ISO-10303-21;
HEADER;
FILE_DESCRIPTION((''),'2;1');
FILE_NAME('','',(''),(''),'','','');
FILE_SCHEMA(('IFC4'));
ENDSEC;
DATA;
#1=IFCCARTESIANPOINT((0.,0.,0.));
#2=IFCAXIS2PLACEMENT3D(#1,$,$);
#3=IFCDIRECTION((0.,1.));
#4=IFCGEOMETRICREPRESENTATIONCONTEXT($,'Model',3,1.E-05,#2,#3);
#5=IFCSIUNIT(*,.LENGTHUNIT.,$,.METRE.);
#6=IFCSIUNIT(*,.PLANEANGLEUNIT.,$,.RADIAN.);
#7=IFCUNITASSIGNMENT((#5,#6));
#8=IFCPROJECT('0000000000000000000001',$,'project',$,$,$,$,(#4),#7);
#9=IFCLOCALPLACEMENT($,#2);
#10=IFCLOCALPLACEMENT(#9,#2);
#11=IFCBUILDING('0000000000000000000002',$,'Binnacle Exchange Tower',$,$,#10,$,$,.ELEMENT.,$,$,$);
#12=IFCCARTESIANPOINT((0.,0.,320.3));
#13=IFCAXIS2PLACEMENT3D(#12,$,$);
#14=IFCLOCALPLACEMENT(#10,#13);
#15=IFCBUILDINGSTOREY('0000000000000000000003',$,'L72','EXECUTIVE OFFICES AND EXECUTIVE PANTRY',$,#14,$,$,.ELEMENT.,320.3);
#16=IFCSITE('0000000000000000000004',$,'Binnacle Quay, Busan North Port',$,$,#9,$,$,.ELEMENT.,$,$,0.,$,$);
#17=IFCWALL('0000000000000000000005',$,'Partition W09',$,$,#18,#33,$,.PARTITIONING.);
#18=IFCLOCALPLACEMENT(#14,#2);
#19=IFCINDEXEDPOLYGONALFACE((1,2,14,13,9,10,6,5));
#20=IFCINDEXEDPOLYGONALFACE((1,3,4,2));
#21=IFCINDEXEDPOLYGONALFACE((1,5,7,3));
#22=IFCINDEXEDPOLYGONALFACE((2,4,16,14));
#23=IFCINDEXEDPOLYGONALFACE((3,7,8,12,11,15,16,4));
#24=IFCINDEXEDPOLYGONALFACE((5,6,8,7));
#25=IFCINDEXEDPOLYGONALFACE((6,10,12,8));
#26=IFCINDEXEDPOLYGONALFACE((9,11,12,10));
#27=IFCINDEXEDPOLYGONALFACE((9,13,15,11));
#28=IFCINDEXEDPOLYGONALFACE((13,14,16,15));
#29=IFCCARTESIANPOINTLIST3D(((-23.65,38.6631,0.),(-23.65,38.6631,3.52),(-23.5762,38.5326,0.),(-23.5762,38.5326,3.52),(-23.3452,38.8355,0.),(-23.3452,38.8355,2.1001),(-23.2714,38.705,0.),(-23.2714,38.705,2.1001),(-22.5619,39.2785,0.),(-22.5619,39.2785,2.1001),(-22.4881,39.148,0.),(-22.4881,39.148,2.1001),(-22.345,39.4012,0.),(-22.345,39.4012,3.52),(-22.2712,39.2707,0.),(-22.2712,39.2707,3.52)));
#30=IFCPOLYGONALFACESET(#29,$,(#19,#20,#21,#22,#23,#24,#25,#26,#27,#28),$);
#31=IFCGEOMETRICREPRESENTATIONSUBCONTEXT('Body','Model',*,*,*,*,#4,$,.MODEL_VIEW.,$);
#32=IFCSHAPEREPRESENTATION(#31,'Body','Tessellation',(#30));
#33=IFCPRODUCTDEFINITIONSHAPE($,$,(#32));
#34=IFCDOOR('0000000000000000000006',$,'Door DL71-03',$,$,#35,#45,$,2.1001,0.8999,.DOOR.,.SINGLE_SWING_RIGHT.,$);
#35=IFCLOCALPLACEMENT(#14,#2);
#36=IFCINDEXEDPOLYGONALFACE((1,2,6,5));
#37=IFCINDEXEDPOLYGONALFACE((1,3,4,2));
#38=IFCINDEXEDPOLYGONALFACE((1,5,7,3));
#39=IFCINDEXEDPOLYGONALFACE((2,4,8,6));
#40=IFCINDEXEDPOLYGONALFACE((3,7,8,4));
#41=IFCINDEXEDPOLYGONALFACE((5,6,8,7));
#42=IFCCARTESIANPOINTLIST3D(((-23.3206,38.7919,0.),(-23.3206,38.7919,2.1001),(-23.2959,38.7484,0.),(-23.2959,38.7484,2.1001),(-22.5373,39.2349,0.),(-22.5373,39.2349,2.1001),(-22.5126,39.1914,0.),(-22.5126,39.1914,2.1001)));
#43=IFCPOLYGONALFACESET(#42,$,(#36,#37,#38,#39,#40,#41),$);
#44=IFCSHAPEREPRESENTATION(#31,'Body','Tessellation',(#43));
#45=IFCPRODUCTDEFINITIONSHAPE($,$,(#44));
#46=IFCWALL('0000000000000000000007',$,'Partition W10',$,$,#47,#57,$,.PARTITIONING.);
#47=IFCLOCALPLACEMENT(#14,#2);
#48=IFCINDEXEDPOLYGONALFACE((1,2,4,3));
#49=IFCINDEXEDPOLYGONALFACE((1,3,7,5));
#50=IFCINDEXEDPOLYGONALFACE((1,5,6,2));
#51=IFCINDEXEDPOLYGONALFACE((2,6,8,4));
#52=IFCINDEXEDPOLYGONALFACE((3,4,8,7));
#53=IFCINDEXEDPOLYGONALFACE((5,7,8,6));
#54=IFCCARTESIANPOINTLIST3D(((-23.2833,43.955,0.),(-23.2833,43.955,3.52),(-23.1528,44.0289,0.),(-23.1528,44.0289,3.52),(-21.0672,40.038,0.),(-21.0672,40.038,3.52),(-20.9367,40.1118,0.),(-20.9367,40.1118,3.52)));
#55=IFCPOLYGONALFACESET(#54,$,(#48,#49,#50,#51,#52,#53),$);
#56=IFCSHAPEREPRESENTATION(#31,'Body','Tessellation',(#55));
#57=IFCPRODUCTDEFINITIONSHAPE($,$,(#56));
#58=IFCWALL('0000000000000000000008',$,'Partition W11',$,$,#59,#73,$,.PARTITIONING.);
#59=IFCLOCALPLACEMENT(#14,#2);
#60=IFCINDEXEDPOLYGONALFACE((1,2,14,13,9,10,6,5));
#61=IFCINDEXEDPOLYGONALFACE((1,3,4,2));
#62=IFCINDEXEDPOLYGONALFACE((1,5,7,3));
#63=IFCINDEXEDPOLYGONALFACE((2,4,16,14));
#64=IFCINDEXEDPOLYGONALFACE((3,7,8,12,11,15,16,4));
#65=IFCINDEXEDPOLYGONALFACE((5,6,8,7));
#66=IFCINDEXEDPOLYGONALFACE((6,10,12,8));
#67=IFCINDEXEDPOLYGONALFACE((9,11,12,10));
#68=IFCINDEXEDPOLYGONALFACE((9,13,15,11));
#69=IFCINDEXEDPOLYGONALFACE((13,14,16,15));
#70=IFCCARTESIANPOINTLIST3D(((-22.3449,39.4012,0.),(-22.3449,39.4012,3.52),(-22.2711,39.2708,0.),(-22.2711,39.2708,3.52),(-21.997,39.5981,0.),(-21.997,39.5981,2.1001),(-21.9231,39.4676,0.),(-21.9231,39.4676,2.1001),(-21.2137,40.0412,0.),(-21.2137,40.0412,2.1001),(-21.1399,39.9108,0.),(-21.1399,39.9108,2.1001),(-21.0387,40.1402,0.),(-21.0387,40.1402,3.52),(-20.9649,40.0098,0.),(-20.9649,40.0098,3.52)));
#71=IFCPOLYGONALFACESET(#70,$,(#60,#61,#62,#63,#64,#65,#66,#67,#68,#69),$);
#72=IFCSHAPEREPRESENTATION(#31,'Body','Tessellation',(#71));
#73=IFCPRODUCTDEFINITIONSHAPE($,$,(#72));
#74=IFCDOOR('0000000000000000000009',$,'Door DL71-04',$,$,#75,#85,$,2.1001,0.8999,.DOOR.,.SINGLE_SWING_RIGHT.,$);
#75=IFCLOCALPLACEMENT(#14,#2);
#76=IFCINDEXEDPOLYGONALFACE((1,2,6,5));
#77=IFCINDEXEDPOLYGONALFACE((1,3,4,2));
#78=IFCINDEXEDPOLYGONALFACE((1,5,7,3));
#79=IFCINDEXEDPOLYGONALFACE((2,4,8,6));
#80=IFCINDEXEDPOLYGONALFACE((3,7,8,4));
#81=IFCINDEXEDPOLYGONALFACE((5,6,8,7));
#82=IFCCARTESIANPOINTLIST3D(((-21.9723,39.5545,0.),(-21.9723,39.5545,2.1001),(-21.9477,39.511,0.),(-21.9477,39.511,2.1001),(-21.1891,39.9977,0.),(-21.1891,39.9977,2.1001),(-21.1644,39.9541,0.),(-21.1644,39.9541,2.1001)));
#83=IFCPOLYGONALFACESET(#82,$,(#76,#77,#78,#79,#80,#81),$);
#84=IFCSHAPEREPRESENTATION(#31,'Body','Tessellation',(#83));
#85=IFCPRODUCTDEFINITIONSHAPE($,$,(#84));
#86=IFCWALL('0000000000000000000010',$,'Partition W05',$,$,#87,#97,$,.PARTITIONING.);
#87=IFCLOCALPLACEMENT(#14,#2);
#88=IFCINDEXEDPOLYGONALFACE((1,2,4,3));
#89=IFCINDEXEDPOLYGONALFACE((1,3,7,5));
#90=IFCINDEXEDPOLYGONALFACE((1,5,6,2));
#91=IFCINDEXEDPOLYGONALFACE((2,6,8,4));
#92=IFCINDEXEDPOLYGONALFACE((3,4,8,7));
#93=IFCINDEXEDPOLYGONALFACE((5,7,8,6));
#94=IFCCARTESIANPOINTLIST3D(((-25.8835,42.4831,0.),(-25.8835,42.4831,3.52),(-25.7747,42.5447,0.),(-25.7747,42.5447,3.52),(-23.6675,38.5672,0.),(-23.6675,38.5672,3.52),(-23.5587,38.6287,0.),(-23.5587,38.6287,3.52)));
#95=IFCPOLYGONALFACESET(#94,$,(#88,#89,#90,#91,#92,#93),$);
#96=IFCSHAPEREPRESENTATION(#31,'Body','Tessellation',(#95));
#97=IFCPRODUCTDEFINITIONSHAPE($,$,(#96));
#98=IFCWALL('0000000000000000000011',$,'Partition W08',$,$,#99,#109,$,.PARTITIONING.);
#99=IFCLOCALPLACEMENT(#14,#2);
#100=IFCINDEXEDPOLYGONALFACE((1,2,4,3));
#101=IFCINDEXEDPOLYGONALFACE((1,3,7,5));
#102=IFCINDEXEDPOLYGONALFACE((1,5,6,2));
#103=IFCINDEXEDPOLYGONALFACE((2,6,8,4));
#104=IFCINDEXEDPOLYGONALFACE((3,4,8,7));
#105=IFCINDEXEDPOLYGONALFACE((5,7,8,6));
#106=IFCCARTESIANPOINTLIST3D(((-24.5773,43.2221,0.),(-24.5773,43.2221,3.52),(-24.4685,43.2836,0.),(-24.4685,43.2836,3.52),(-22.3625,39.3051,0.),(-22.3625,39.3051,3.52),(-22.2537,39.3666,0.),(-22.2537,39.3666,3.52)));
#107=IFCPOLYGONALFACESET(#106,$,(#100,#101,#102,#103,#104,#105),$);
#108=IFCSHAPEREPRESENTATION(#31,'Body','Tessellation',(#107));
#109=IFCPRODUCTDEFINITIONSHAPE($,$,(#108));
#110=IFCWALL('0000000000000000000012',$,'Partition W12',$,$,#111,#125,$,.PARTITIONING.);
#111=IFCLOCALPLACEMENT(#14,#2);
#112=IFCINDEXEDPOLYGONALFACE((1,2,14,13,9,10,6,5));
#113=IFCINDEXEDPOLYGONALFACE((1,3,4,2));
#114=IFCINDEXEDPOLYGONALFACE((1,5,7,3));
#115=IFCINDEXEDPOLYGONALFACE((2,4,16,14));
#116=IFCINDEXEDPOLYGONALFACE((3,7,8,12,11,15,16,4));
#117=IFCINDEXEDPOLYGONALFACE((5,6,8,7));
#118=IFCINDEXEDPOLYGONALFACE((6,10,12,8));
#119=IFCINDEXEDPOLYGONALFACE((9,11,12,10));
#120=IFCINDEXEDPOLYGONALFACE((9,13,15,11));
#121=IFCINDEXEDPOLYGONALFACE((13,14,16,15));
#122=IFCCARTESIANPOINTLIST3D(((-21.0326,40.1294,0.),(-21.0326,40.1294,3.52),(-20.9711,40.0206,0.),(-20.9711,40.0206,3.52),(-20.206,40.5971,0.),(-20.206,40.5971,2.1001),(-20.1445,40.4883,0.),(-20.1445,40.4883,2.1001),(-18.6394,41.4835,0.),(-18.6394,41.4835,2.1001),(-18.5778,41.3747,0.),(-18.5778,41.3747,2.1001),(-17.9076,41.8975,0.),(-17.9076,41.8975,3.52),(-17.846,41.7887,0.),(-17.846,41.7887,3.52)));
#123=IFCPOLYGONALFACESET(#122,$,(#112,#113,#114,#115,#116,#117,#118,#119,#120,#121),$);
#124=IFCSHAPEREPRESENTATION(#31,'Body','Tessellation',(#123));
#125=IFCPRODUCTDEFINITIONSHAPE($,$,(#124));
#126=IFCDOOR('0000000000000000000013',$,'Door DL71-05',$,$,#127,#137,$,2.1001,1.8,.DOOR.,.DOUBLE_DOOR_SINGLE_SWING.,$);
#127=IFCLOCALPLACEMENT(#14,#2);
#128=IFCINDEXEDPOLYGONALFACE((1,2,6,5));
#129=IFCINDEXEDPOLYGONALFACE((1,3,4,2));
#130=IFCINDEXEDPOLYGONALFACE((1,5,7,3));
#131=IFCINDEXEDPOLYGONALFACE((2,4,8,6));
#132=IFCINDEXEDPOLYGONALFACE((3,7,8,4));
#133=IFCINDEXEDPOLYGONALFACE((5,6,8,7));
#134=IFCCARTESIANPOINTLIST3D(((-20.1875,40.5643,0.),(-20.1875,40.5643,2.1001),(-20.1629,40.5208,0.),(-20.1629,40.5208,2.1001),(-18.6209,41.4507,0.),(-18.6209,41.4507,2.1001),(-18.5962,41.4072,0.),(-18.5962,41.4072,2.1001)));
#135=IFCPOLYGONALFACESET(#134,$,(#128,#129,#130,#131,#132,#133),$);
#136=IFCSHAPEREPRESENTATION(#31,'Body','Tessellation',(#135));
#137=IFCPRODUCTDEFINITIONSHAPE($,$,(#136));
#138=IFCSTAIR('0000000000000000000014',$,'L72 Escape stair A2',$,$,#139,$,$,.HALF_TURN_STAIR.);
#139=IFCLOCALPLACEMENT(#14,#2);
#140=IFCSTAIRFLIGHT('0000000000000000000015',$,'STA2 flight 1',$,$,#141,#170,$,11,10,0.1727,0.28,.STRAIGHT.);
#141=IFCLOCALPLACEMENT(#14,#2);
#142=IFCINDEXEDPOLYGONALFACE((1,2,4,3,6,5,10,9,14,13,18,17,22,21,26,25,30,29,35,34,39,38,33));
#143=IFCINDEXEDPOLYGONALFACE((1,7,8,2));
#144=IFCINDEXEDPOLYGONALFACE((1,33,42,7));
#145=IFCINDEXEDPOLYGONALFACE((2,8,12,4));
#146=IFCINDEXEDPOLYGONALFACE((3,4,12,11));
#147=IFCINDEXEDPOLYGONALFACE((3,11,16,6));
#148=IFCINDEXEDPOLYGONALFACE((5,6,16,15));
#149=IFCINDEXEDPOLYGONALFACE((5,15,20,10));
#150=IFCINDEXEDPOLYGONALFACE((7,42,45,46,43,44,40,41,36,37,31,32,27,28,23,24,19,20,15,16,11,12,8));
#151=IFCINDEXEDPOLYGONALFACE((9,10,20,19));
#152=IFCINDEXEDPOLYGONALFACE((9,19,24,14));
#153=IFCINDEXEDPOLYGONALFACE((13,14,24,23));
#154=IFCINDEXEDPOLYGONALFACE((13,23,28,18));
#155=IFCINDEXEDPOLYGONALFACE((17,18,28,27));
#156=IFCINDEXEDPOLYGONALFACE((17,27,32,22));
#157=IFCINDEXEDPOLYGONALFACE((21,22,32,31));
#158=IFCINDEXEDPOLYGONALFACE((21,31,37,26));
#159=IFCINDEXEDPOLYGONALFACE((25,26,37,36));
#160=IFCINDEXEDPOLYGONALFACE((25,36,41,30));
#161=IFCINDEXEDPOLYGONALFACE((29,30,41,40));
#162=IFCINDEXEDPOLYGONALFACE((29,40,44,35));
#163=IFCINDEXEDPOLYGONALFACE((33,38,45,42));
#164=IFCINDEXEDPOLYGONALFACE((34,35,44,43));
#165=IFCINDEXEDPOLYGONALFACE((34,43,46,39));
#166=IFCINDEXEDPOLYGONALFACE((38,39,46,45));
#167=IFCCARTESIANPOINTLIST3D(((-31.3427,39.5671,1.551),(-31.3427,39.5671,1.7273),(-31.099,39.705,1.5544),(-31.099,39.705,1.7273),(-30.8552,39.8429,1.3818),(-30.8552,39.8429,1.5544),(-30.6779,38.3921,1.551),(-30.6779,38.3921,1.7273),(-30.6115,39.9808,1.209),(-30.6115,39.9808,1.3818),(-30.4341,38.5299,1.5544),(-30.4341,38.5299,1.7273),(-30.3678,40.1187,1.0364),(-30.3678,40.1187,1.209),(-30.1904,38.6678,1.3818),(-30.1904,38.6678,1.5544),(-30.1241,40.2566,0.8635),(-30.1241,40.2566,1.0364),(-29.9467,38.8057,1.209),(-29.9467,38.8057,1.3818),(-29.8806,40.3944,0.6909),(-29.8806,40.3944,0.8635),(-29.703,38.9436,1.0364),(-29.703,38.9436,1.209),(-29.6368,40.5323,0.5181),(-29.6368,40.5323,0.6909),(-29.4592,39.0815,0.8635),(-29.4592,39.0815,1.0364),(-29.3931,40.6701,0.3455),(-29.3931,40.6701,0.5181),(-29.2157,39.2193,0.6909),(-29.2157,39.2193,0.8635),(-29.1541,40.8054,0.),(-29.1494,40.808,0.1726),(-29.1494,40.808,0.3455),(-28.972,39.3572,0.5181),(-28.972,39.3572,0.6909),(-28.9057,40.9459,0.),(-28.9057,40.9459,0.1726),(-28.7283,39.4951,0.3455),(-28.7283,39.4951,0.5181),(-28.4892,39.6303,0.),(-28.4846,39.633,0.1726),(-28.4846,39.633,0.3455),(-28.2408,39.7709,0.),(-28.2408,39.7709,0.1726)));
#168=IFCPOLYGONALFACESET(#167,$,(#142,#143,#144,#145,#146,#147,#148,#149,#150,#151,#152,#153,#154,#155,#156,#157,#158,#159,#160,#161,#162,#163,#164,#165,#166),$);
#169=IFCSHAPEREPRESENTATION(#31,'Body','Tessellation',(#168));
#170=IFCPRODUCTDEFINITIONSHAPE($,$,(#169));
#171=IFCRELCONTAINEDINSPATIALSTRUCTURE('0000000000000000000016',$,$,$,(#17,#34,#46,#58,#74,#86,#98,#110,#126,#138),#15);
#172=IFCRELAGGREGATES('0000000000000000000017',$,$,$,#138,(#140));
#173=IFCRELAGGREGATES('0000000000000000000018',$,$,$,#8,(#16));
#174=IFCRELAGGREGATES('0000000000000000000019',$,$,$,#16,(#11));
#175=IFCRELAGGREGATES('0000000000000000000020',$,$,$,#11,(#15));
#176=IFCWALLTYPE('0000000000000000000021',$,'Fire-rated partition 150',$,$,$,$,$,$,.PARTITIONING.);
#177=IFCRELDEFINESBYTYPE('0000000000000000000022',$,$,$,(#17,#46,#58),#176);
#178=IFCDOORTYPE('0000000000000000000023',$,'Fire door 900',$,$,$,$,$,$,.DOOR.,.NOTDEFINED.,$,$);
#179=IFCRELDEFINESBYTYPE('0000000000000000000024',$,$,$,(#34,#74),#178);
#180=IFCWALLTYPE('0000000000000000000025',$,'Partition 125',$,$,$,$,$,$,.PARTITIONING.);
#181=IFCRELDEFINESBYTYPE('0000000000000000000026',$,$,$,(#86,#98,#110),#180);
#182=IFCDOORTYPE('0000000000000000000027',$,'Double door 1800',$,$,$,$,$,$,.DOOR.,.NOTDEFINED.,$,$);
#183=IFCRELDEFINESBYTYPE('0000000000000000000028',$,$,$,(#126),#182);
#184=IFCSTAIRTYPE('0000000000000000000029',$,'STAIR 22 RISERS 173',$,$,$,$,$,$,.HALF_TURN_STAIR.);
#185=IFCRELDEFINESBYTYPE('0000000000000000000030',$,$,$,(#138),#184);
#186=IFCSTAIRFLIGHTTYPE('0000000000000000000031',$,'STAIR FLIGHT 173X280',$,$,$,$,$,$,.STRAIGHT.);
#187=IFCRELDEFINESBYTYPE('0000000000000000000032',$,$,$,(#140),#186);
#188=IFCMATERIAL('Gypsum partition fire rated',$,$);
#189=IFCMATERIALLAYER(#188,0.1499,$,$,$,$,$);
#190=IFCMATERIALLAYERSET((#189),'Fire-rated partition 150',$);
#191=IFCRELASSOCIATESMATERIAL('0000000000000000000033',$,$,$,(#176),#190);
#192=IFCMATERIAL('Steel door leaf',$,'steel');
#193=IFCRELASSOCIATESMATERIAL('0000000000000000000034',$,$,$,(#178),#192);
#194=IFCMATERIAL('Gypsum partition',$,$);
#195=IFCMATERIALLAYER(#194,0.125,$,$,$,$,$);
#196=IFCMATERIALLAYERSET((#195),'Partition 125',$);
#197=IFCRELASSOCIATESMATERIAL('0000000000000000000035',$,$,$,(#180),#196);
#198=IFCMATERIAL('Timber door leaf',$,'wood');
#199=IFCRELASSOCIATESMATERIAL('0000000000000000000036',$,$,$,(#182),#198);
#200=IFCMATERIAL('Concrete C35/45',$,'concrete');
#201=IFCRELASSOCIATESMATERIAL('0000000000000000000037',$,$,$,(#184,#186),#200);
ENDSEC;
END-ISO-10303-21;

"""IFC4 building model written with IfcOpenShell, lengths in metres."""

from ifc_helpers import new_model, si_unit, direction, frame, frame_2d, origin, place, context, subcontext, project, spatial, polyline, rectangle, outline, extrude, material, layer, layer_set, type_object, element, fill, aggregate, save


model = new_model("IFC4")

# Units and contexts
model_context = context("Model", 3, precision=1e-05, world=origin(), true_north=direction((0.0, 1.0)))
body_context = subcontext(model_context, "Body", "Model", "MODEL_VIEW")
ifc_project = project(units=[si_unit("LENGTHUNIT", "METRE"), si_unit("PLANEANGLEUNIT", "RADIAN")], contexts=[model_context])

# Site, building, storey
site_placement = place(None, origin())
site = spatial("IfcSite", under=ifc_project, at=site_placement, Name="Binnacle Quay, Busan North Port", CompositionType="ELEMENT", RefElevation=0.0)
building_placement = place(site_placement, origin())
building = spatial("IfcBuilding", under=site, at=building_placement, Name="Binnacle Exchange Tower", CompositionType="ELEMENT")
storey_placement = place(building_placement, frame((0.0, 0.0, 320.3)))
storey = spatial("IfcBuildingStorey", under=building, at=storey_placement, Name="L72", Description="EXECUTIVE OFFICES AND EXECUTIVE PANTRY", CompositionType="ELEMENT", Elevation=320.3)

# Shared definitions
ifc_material_1 = material(Name="Steel door leaf", Category="steel")

# Shared definitions
ifc_material_2 = material(Name="Gypsum partition fire rated")
ifc_layer_1 = layer(ifc_material_2, 0.1499)
ifc_layer_set_1 = layer_set([ifc_layer_1], Name="Fire-rated partition 150")
wall_type_1 = type_object("IfcWallType", Name="Fire-rated partition 150", PredefinedType="PARTITIONING", material=ifc_layer_set_1)

# Wall, opening, door
wall_1_placement = place(storey_placement, frame((-23.613, 38.5979, 0.0), z_axis=(0.0, 0.0, 1.0), x_axis=(0.870429, 0.492293, 0.0)))
wall_1 = element("IfcWall", 1, at=wall_1_placement, inside=storey, type_object=wall_type_1, Name="Partition W09", PredefinedType="PARTITIONING", context=body_context, shape_type="SweptSolid", body=[
    extrude(rectangle(XDim=1.4993, YDim=0.1499, at=frame_2d((0.7495, 0.0))), origin(), (0.0, 0.0, 1.0), 3.52),
])
opening_1_placement = place(wall_1_placement, frame((0.3501, 0.0, 0.0)))
opening_1 = element("IfcOpeningElement", 2, at=opening_1_placement, cuts=wall_1, PredefinedType="OPENING", context=body_context, shape_type="SweptSolid", body=[
    extrude(rectangle(XDim=0.8999, YDim=2.1001, at=frame_2d((0.45, 1.05))), frame((0.0, 0.085, 0.0), z_axis=(0.0, -1.0, 0.0), x_axis=(1.0, 0.0, 0.0)), (0.0, 0.0, 1.0), 0.1699),
])
door_type_1 = type_object("IfcDoorType", Name="Fire door 900", OperationType="NOTDEFINED", PredefinedType="DOOR", material=ifc_material_1)
door_1_placement = place(opening_1_placement, origin())
door_1 = element("IfcDoor", 3, at=door_1_placement, inside=storey, type_object=door_type_1, Name="Door DL71-03", OperationType="SINGLE_SWING_RIGHT", OverallHeight=2.1001, OverallWidth=0.8999, PredefinedType="DOOR", context=body_context, shape_type="SweptSolid", body=[
    extrude(rectangle(XDim=0.8999, YDim=2.1001, at=frame_2d((0.45, 1.05))), frame((0.0, 0.0249, 0.0), z_axis=(0.0, -1.0, 0.0), x_axis=(1.0, 0.0, 0.0)), (0.0, 0.0, 1.0), 0.05),
])
fill(opening_1, door_1)

# Wall
wall_2_placement = place(storey_placement, frame((-23.218, 43.9919, 0.0), z_axis=(0.0, 0.0, 1.0), x_axis=(0.492413, -0.870362, 0.0)))
element("IfcWall", 4, at=wall_2_placement, inside=storey, type_object=wall_type_1, Name="Partition W10", PredefinedType="PARTITIONING", context=body_context, shape_type="SweptSolid", body=[
    extrude(rectangle(XDim=4.5005, YDim=0.1499, at=frame_2d((2.2502, 0.0))), origin(), (0.0, 0.0, 1.0), 3.52),
])

# Wall, opening, door
wall_3_placement = place(storey_placement, frame((-22.3081, 39.3359, 0.0), z_axis=(0.0, 0.0, 1.0), x_axis=(0.870348, 0.492438, 0.0)))
wall_3 = element("IfcWall", 5, at=wall_3_placement, inside=storey, type_object=wall_type_1, Name="Partition W11", PredefinedType="PARTITIONING", context=body_context, shape_type="SweptSolid", body=[
    extrude(rectangle(XDim=1.5007, YDim=0.1499, at=frame_2d((0.7505, 0.0))), origin(), (0.0, 0.0, 1.0), 3.52),
])
opening_2_placement = place(wall_3_placement, frame((0.3999, 0.0, 0.0)))
opening_2 = element("IfcOpeningElement", 6, at=opening_2_placement, cuts=wall_3, PredefinedType="OPENING", context=body_context, shape_type="SweptSolid", body=[
    extrude(rectangle(XDim=0.8999, YDim=2.1001, at=frame_2d((0.45, 1.05))), frame((0.0, 0.085, 0.0), z_axis=(0.0, -1.0, 0.0), x_axis=(1.0, 0.0, 0.0)), (0.0, 0.0, 1.0), 0.1699),
])
door_2_placement = place(opening_2_placement, origin())
door_2 = element("IfcDoor", 7, at=door_2_placement, inside=storey, type_object=door_type_1, Name="Door DL71-04", OperationType="SINGLE_SWING_RIGHT", OverallHeight=2.1001, OverallWidth=0.8999, PredefinedType="DOOR", context=body_context, shape_type="SweptSolid", body=[
    extrude(rectangle(XDim=0.8999, YDim=2.1001, at=frame_2d((0.45, 1.05))), frame((0.0, 0.0249, 0.0), z_axis=(0.0, -1.0, 0.0), x_axis=(1.0, 0.0, 0.0)), (0.0, 0.0, 1.0), 0.05),
])
fill(opening_2, door_2)

# Walls
ifc_material_3 = material(Name="Gypsum partition")
ifc_layer_2 = layer(ifc_material_3, 0.125)
ifc_layer_set_2 = layer_set([ifc_layer_2], Name="Partition 125")
wall_type_2 = type_object("IfcWallType", Name="Partition 125", PredefinedType="PARTITIONING", material=ifc_layer_set_2)
wall_4_placement = place(storey_placement, frame((-25.8291, 42.5139, 0.0), z_axis=(0.0, 0.0, 1.0), x_axis=(0.492506, -0.870309, 0.0)))
element("IfcWall", 8, at=wall_4_placement, inside=storey, type_object=wall_type_2, Name="Partition W05", PredefinedType="PARTITIONING", context=body_context, shape_type="SweptSolid", body=[
    extrude(rectangle(XDim=4.4995, YDim=0.125, at=frame_2d((2.2498, 0.0))), origin(), (0.0, 0.0, 1.0), 3.52),
])
wall_5_placement = place(storey_placement, frame((-24.5229, 43.2529, 0.0), z_axis=(0.0, 0.0, 1.0), x_axis=(0.492207, -0.870478, 0.0)))
element("IfcWall", 9, at=wall_5_placement, inside=storey, type_object=wall_type_2, Name="Partition W08", PredefinedType="PARTITIONING", context=body_context, shape_type="SweptSolid", body=[
    extrude(rectangle(XDim=4.4998, YDim=0.125, at=frame_2d((2.25, 0.0))), origin(), (0.0, 0.0, 1.0), 3.52),
])

# Wall, opening, door
wall_6_placement = place(storey_placement, frame((-21.002, 40.075, 0.0), z_axis=(0.0, 0.0, 1.0), x_axis=(0.870353, 0.492429, 0.0)))
wall_6 = element("IfcWall", 10, at=wall_6_placement, inside=storey, type_object=wall_type_2, Name="Partition W12", PredefinedType="PARTITIONING", context=body_context, shape_type="SweptSolid", body=[
    extrude(rectangle(XDim=3.5906, YDim=0.125, at=frame_2d((1.7954, 0.0))), origin(), (0.0, 0.0, 1.0), 3.52),
])
opening_3_placement = place(wall_6_placement, frame((0.95, 0.0, 0.0)))
opening_3 = element("IfcOpeningElement", 11, at=opening_3_placement, cuts=wall_6, PredefinedType="OPENING", context=body_context, shape_type="SweptSolid", body=[
    extrude(rectangle(XDim=1.8, YDim=2.1001, at=frame_2d((0.8999, 1.05))), frame((0.0, 0.0725, 0.0), z_axis=(0.0, -1.0, 0.0), x_axis=(1.0, 0.0, 0.0)), (0.0, 0.0, 1.0), 0.145),
])
ifc_material_4 = material(Name="Timber door leaf", Category="wood")
door_type_2 = type_object("IfcDoorType", Name="Double door 1800", OperationType="NOTDEFINED", PredefinedType="DOOR", material=ifc_material_4)
door_3_placement = place(opening_3_placement, origin())
door_3 = element("IfcDoor", 12, at=door_3_placement, inside=storey, type_object=door_type_2, Name="Door DL71-05", OperationType="DOUBLE_DOOR_SINGLE_SWING", OverallHeight=2.1001, OverallWidth=1.8, PredefinedType="DOOR", context=body_context, shape_type="SweptSolid", body=[
    extrude(rectangle(XDim=1.8, YDim=2.1001, at=frame_2d((0.8999, 1.05))), frame((0.0, 0.0249, 0.0), z_axis=(0.0, -1.0, 0.0), x_axis=(1.0, 0.0, 0.0)), (0.0, 0.0, 1.0), 0.05),
])
fill(opening_3, door_3)

# Stair, stair flight
ifc_material_5 = material(Name="Concrete C35/45", Category="concrete")
stair_type = type_object("IfcStairType", Name="STAIR 22 RISERS 173", PredefinedType="HALF_TURN_STAIR", material=ifc_material_5)
stair_placement = place(storey_placement, origin())
stair = element("IfcStair", 13, at=stair_placement, inside=storey, type_object=stair_type, Name="L72 Escape stair A2", PredefinedType="HALF_TURN_STAIR")
stair_flight_type = type_object("IfcStairFlightType", Name="STAIR FLIGHT 173X280", PredefinedType="STRAIGHT", material=ifc_material_5)
stair_flight_placement = place(storey_placement, frame((-28.5732, 40.3584, 0.0), z_axis=(0.0, 0.0, 1.0), x_axis=(-0.870356, -0.492424, 0.0)))
stair_flight = element("IfcStairFlight", 14, at=stair_flight_placement, type_object=stair_flight_type, Name="STA2 flight 1", NumberOfRisers=11, NumberOfTreads=10, PredefinedType="STRAIGHT", RiserHeight=0.1727, TreadLength=0.28, context=body_context, shape_type="SweptSolid", body=[
    extrude(outline(polyline([(0.0, 0.0), (0.0, 0.1726), (0.28, 0.1726), (0.28, 0.3455), (0.5601, 0.3455), (0.5601, 0.5181), (0.8401, 0.5181), (0.8401, 0.6909), (1.1201, 0.6909), (1.1201, 0.8635), (1.3999, 0.8635), (1.3999, 1.0364), (1.6799, 1.0364), (1.6799, 1.209), (1.96, 1.209), (1.96, 1.3818), (2.24, 1.3818), (2.24, 1.5544), (2.52, 1.5544), (2.52, 1.7273), (2.8, 1.7273), (2.8, 1.8999), (2.8, 1.551), (0.2854, 0.0), (0.0, 0.0)])), frame((0.0, 0.675, 0.0), z_axis=(0.0, -1.0, 0.0), x_axis=(1.0, 0.0, 0.0)), (0.0, 0.0, 1.0), 1.3501),
])
aggregate(stair, [stair_flight])

save(model, "model.ifc")
